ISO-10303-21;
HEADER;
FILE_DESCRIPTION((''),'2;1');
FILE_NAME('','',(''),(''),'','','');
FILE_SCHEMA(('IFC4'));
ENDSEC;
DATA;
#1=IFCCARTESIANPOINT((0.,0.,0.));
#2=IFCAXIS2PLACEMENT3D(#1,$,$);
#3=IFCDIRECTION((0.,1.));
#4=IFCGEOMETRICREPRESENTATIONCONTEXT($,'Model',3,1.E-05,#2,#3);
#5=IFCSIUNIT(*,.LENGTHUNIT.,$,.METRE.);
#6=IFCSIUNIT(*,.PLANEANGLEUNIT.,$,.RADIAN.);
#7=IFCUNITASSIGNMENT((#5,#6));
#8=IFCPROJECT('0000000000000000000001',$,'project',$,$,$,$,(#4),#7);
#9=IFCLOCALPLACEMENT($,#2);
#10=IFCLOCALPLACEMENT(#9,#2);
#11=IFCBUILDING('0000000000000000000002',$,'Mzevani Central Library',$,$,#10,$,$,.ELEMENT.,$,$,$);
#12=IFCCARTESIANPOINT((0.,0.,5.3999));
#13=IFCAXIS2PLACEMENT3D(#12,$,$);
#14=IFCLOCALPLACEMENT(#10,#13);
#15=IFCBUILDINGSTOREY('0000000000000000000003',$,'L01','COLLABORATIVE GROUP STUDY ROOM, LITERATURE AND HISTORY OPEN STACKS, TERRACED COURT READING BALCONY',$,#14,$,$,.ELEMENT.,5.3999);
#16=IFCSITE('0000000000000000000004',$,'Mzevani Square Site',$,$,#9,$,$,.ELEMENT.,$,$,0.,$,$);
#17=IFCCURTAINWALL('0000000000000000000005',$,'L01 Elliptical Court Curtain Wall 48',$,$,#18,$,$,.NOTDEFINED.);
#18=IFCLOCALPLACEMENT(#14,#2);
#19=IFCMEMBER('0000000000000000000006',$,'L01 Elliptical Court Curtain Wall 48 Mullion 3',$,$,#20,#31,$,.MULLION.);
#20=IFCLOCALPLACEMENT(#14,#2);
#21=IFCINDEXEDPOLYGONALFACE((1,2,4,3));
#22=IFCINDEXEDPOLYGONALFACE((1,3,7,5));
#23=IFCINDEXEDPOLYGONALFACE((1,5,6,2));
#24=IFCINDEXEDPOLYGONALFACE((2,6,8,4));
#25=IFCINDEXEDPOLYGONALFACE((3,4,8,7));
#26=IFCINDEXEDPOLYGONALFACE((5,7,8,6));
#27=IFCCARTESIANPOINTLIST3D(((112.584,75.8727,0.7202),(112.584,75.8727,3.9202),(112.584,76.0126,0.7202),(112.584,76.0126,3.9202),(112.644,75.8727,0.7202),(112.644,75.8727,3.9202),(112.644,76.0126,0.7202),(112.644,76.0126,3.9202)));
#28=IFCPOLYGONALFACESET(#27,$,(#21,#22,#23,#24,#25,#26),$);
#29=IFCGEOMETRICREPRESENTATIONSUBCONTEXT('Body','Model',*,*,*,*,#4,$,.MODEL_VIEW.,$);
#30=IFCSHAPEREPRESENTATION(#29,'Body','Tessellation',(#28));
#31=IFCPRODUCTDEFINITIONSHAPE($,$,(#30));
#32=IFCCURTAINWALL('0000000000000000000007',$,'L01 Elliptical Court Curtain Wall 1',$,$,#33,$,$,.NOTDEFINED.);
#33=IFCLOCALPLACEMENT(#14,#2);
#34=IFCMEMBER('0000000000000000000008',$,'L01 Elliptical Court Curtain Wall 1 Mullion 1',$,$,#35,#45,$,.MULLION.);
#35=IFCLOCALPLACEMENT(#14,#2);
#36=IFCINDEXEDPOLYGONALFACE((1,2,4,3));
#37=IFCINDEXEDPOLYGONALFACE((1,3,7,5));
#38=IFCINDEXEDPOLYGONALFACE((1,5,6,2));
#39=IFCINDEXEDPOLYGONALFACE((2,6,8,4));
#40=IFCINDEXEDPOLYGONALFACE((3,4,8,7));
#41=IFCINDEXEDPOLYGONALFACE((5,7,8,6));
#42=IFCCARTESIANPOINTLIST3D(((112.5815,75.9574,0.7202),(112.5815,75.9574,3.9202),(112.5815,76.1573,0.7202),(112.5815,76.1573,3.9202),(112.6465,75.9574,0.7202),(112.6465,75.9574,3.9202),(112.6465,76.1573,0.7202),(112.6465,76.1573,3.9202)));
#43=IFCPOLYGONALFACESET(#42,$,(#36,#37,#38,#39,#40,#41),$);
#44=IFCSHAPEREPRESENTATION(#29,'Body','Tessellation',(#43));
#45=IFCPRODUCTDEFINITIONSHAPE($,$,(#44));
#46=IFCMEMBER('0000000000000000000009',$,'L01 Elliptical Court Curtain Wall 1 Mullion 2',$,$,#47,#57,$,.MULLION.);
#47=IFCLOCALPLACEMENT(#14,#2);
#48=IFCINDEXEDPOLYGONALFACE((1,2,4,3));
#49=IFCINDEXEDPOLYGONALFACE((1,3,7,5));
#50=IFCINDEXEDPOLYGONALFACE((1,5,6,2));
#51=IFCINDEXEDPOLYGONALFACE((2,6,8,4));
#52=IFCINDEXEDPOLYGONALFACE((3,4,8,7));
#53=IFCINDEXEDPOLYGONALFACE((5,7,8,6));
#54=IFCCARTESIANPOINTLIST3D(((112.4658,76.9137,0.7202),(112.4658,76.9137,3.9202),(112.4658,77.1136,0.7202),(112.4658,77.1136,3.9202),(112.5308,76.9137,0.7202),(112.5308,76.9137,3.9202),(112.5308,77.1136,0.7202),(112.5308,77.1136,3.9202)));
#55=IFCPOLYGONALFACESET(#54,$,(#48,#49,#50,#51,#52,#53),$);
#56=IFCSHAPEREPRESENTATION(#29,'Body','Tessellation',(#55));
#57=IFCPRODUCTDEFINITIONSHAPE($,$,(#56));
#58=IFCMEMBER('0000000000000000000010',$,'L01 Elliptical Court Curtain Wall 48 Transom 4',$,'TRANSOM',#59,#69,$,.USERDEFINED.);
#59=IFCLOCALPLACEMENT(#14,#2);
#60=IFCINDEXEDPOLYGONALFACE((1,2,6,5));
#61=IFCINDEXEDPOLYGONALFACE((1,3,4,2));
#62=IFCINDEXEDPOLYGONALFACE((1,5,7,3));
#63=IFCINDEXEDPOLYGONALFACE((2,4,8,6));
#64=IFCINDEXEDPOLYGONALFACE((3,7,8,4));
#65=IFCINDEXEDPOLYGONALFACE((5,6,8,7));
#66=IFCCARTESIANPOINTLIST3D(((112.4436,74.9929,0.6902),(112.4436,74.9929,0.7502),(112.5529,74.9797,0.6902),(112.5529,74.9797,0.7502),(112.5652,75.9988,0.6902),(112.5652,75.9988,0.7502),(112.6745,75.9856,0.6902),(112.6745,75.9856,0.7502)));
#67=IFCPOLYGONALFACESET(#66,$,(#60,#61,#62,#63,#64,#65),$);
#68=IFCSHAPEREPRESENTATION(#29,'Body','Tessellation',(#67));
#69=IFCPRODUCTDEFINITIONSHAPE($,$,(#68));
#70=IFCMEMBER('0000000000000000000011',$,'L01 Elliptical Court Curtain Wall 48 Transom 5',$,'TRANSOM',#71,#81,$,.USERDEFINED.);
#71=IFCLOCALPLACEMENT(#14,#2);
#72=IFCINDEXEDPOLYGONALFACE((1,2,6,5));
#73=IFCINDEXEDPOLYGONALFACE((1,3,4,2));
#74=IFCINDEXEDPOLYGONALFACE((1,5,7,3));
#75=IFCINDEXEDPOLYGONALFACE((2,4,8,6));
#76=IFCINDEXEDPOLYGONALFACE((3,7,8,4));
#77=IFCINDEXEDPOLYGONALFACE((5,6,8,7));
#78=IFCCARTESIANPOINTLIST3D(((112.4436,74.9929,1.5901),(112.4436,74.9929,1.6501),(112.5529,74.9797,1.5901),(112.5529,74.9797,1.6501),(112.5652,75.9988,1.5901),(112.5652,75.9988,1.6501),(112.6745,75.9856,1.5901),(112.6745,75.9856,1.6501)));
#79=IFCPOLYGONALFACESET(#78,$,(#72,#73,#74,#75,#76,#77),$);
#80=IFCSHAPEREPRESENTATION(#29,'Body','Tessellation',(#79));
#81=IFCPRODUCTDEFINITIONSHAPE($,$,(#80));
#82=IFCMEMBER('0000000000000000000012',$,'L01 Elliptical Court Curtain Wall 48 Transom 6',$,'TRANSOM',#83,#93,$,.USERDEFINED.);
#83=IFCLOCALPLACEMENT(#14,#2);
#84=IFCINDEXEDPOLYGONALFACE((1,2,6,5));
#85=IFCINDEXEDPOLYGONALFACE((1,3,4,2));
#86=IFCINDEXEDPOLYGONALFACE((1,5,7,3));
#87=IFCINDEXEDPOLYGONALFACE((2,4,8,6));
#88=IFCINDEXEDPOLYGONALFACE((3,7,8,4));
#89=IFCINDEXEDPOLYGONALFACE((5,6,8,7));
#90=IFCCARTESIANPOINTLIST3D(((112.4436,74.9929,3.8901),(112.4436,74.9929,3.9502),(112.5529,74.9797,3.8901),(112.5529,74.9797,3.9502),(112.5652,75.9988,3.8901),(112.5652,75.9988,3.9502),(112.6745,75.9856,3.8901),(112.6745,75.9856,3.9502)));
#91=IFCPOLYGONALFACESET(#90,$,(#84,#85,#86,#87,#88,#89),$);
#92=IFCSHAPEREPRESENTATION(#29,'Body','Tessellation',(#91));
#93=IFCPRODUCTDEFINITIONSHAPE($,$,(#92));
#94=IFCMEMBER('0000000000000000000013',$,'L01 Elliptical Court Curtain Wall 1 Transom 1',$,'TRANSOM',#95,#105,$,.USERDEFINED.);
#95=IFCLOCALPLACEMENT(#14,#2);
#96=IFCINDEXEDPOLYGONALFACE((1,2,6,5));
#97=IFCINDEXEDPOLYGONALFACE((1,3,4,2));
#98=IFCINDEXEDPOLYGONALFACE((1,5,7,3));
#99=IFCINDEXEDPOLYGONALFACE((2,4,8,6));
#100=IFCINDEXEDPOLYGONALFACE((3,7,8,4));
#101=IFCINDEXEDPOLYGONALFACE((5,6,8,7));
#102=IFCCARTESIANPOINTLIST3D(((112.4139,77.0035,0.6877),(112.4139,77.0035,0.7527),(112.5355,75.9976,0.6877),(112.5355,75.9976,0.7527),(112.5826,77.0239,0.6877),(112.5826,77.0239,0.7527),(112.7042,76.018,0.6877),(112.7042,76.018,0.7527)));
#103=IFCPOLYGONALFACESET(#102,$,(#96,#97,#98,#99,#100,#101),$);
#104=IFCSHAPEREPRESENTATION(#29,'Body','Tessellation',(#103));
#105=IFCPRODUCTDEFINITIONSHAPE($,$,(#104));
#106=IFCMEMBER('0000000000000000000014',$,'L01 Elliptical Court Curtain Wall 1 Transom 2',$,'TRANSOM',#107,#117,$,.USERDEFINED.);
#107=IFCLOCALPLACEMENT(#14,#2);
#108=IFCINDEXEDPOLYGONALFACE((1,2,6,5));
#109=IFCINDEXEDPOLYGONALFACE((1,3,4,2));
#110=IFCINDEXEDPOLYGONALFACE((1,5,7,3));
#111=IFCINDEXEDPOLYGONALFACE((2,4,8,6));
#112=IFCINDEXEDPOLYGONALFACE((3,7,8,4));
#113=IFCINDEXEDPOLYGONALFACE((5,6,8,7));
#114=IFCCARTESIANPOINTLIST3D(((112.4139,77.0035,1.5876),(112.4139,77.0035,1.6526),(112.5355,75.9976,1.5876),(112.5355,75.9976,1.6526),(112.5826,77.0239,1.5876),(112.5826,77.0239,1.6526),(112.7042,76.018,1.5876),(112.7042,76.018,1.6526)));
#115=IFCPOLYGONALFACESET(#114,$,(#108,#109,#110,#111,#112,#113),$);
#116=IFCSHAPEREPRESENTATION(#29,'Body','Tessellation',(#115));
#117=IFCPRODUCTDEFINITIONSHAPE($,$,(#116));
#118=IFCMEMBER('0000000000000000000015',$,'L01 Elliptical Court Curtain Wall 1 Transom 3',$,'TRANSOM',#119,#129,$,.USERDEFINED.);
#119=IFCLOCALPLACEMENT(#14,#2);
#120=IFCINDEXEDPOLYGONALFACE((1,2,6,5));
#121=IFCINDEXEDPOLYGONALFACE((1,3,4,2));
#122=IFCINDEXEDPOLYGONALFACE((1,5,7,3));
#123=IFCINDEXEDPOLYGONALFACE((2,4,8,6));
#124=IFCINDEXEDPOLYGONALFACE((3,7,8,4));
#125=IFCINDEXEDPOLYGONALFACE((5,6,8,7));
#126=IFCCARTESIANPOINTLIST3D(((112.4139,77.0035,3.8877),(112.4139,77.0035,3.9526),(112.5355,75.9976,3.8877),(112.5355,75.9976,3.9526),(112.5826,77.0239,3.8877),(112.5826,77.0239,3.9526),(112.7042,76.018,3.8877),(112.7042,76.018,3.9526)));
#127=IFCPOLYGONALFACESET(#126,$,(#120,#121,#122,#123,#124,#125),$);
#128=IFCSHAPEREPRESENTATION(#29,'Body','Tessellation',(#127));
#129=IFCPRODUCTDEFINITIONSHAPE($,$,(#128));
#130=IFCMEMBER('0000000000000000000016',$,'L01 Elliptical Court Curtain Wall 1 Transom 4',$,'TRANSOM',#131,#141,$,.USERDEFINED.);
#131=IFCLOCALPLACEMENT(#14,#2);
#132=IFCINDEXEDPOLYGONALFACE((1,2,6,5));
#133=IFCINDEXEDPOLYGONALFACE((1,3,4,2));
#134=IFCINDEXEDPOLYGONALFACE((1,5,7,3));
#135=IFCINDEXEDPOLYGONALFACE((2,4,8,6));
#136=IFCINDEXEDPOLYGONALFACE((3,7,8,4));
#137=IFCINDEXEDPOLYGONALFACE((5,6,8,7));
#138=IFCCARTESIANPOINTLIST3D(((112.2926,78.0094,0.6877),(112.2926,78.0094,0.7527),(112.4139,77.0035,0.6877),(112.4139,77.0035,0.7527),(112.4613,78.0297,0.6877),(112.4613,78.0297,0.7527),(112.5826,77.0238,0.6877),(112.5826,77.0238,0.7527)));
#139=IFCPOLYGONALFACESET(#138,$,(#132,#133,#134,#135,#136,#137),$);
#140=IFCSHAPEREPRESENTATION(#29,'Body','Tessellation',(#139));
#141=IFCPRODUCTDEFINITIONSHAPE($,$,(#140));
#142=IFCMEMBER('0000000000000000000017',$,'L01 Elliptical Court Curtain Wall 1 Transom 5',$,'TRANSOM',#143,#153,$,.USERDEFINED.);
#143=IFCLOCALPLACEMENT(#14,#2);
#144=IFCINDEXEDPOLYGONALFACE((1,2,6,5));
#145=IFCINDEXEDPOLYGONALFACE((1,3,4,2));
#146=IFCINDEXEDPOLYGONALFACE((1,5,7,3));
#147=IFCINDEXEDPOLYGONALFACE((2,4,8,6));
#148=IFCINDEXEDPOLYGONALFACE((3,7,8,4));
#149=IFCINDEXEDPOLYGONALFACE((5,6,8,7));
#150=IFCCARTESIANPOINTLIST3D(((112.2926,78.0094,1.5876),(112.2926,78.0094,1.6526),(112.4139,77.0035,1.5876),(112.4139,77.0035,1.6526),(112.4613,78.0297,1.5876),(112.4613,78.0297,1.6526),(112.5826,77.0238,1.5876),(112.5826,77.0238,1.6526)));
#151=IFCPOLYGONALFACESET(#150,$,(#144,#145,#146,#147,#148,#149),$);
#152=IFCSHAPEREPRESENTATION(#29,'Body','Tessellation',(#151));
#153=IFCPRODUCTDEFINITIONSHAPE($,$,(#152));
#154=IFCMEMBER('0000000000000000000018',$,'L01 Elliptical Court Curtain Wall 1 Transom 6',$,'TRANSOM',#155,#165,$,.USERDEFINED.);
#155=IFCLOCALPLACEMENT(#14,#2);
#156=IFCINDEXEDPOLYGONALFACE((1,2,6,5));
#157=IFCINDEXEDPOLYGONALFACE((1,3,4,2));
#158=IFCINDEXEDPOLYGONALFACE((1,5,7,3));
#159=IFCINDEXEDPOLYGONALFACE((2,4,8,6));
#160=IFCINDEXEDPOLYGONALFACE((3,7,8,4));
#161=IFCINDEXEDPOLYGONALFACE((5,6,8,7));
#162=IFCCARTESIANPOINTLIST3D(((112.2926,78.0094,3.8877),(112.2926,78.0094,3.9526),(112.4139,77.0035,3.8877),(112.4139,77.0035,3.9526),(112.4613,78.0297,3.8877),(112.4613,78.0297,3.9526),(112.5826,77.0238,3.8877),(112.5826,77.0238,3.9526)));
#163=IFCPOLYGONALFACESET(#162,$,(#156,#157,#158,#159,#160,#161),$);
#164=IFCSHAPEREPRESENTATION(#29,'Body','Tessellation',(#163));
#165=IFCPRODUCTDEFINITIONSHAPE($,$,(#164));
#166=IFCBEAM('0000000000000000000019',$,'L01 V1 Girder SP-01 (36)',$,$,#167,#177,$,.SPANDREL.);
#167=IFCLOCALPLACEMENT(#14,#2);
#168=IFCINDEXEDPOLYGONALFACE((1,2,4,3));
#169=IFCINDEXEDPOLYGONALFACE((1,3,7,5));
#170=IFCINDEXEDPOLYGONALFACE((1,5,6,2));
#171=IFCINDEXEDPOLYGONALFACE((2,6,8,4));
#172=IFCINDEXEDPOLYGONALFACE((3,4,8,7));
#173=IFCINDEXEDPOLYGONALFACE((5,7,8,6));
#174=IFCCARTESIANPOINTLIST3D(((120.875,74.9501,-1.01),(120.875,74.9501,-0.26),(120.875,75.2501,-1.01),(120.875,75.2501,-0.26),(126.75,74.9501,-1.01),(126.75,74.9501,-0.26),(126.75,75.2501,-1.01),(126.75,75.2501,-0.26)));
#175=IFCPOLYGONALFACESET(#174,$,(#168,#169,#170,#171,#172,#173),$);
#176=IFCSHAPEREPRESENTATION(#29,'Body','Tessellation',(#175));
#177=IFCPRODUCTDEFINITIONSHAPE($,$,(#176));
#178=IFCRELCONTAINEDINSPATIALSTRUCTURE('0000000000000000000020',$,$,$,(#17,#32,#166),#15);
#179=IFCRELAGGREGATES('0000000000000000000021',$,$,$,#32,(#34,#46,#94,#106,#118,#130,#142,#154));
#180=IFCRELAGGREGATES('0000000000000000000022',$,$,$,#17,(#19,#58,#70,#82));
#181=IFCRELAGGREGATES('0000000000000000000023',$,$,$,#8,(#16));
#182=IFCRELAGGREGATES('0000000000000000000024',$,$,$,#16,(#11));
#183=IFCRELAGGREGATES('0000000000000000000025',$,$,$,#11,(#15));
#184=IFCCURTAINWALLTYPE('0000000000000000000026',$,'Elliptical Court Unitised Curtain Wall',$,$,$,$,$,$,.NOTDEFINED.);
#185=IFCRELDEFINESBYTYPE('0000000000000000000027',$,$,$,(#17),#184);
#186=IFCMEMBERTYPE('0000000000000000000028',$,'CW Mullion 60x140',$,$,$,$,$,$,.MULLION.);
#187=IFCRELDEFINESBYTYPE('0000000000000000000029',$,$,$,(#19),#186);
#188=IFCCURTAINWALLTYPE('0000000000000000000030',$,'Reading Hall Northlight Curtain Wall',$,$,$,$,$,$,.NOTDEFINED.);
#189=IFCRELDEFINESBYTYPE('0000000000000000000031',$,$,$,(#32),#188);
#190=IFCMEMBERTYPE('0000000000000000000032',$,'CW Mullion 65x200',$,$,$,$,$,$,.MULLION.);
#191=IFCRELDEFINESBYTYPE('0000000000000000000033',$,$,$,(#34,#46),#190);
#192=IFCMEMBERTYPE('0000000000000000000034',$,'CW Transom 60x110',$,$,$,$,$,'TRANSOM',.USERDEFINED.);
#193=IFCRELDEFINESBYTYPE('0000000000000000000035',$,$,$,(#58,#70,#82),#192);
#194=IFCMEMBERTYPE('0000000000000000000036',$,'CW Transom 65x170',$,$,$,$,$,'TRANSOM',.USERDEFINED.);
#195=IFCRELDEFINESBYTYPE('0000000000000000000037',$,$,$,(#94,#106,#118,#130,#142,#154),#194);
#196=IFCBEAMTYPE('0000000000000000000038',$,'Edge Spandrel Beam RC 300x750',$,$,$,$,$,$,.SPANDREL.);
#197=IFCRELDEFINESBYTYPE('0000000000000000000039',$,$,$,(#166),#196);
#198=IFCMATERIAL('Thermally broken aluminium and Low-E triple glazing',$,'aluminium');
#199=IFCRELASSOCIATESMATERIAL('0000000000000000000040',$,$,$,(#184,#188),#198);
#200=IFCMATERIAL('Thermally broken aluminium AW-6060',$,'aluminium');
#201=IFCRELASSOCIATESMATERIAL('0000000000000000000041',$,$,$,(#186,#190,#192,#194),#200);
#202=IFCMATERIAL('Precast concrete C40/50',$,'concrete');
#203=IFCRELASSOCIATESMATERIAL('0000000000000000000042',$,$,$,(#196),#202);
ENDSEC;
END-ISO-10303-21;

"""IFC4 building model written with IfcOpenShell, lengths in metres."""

from ifc_helpers import new_model, si_unit, direction, frame, origin, origin_2d, place, context, subcontext, project, spatial, rectangle, extrude, material, material_profile, profile_set, type_object, element, aggregate, save


model = new_model("IFC4")

# Units and contexts
model_context = context("Model", 3, precision=1e-05, world=origin(), true_north=direction((0.0, 1.0)))
body_context = subcontext(model_context, "Body", "Model", "MODEL_VIEW")
ifc_project = project(units=[si_unit("LENGTHUNIT", "METRE"), si_unit("PLANEANGLEUNIT", "RADIAN")], contexts=[model_context])

# Site, building, storey
site_placement = place(None, origin())
site = spatial("IfcSite", under=ifc_project, at=site_placement, Name="Mzevani Square Site", CompositionType="ELEMENT", RefElevation=0.0)
building_placement = place(site_placement, origin())
building = spatial("IfcBuilding", under=site, at=building_placement, Name="Mzevani Central Library", CompositionType="ELEMENT")
storey_placement = place(building_placement, frame((0.0, 0.0, 5.3999)))
storey = spatial("IfcBuildingStorey", under=building, at=storey_placement, Name="L01", Description="COLLABORATIVE GROUP STUDY ROOM, LITERATURE AND HISTORY OPEN STACKS, TERRACED COURT READING BALCONY", CompositionType="ELEMENT", Elevation=5.3999)

# Curtain walls, members
ifc_material_1 = material(Name="Thermally broken aluminium and Low-E triple glazing", Category="aluminium")
curtain_wall_type_1 = type_object("IfcCurtainWallType", Name="Elliptical Court Unitised Curtain Wall", PredefinedType="NOTDEFINED", material=ifc_material_1)
curtain_wall_1_placement = place(storey_placement, origin())
curtain_wall_1 = element("IfcCurtainWall", 1, at=curtain_wall_1_placement, inside=storey, type_object=curtain_wall_type_1, Name="L01 Elliptical Court Curtain Wall 48", PredefinedType="NOTDEFINED")
ifc_material_2 = material(Name="Thermally broken aluminium AW-6060", Category="aluminium")
ifc_material_profile_1 = material_profile(ifc_material_2, rectangle(XDim=0.0601, YDim=0.1399, at=origin_2d()), Name="ALU M60x140")
ifc_profile_set_1 = profile_set([ifc_material_profile_1], Name="Thermally broken aluminium AW-6060")
member_type_1 = type_object("IfcMemberType", Name="CW Mullion 60x140", PredefinedType="MULLION", material=ifc_profile_set_1)
member_1_placement = place(storey_placement, frame((112.614, 75.9426, 0.7202), z_axis=(0.0, 0.0, 1.0), x_axis=(1.0, 0.0, 0.0)))
member_1 = element("IfcMember", 2, at=member_1_placement, type_object=member_type_1, Name="L01 Elliptical Court Curtain Wall 48 Mullion 3", PredefinedType="MULLION", context=body_context, shape_type="SweptSolid", body=[
    extrude(rectangle(XDim=0.0601, YDim=0.1399, at=origin_2d()), origin(), (0.0, 0.0, 1.0), 3.2),
])
curtain_wall_type_2 = type_object("IfcCurtainWallType", Name="Reading Hall Northlight Curtain Wall", PredefinedType="NOTDEFINED", material=ifc_material_1)
curtain_wall_2_placement = place(storey_placement, origin())
curtain_wall_2 = element("IfcCurtainWall", 3, at=curtain_wall_2_placement, inside=storey, type_object=curtain_wall_type_2, Name="L01 Elliptical Court Curtain Wall 1", PredefinedType="NOTDEFINED")
ifc_material_profile_2 = material_profile(ifc_material_2, rectangle(XDim=0.0649, YDim=0.2, at=origin_2d()), Name="ALU M65x200")
ifc_profile_set_2 = profile_set([ifc_material_profile_2], Name="Thermally broken aluminium AW-6060")
member_type_2 = type_object("IfcMemberType", Name="CW Mullion 65x200", PredefinedType="MULLION", material=ifc_profile_set_2)
member_2_placement = place(storey_placement, frame((112.614, 76.0574, 0.7202), z_axis=(0.0, 0.0, 1.0), x_axis=(1.0, 0.0, 0.0)))
member_2 = element("IfcMember", 4, at=member_2_placement, type_object=member_type_2, Name="L01 Elliptical Court Curtain Wall 1 Mullion 1", PredefinedType="MULLION", context=body_context, shape_type="SweptSolid", body=[
    extrude(rectangle(XDim=0.0649, YDim=0.2, at=origin_2d()), origin(), (0.0, 0.0, 1.0), 3.2),
])
member_3_placement = place(storey_placement, frame((112.4983, 77.0137, 0.7202), z_axis=(0.0, 0.0, 1.0), x_axis=(1.0, 0.0, 0.0)))
member_3 = element("IfcMember", 5, at=member_3_placement, type_object=member_type_2, Name="L01 Elliptical Court Curtain Wall 1 Mullion 2", PredefinedType="MULLION", context=body_context, shape_type="SweptSolid", body=[
    extrude(rectangle(XDim=0.0649, YDim=0.2, at=origin_2d()), origin(), (0.0, 0.0, 1.0), 3.2),
])

# Members
ifc_material_profile_3 = material_profile(ifc_material_2, rectangle(XDim=0.1101, YDim=0.0601, at=origin_2d()), Name="ALU T60x110")
ifc_profile_set_3 = profile_set([ifc_material_profile_3], Name="Thermally broken aluminium AW-6060")
member_type_3 = type_object("IfcMemberType", Name="CW Transom 60x110", ElementType="TRANSOM", PredefinedType="USERDEFINED", material=ifc_profile_set_3)
member_4_placement = place(storey_placement, frame((112.4983, 74.9863, 0.7202), z_axis=(0.12, 0.992774, 0.0), x_axis=(-0.992774, 0.12, 0.0)))
member_4 = element("IfcMember", 6, at=member_4_placement, type_object=member_type_3, Name="L01 Elliptical Court Curtain Wall 48 Transom 4", ObjectType="TRANSOM", PredefinedType="USERDEFINED", context=body_context, shape_type="SweptSolid", body=[
    extrude(rectangle(XDim=0.1101, YDim=0.0601, at=origin_2d()), origin(), (0.0, 0.0, 1.0), 1.0132),
])
member_5_placement = place(storey_placement, frame((112.4983, 74.9863, 1.6201), z_axis=(0.12, 0.992774, 0.0), x_axis=(-0.992774, 0.12, 0.0)))
member_5 = element("IfcMember", 7, at=member_5_placement, type_object=member_type_3, Name="L01 Elliptical Court Curtain Wall 48 Transom 5", ObjectType="TRANSOM", PredefinedType="USERDEFINED", context=body_context, shape_type="SweptSolid", body=[
    extrude(rectangle(XDim=0.1101, YDim=0.0601, at=origin_2d()), origin(), (0.0, 0.0, 1.0), 1.0132),
])
member_6_placement = place(storey_placement, frame((112.4983, 74.9863, 3.9202), z_axis=(0.12, 0.992774, 0.0), x_axis=(-0.992774, 0.12, 0.0)))
member_6 = element("IfcMember", 8, at=member_6_placement, type_object=member_type_3, Name="L01 Elliptical Court Curtain Wall 48 Transom 6", ObjectType="TRANSOM", PredefinedType="USERDEFINED", context=body_context, shape_type="SweptSolid", body=[
    extrude(rectangle(XDim=0.1101, YDim=0.0601, at=origin_2d()), origin(), (0.0, 0.0, 1.0), 1.0132),
])
ifc_material_profile_4 = material_profile(ifc_material_2, rectangle(XDim=0.1699, YDim=0.0649, at=origin_2d()), Name="ALU T65x170")
ifc_profile_set_4 = profile_set([ifc_material_profile_4], Name="Thermally broken aluminium AW-6060")
member_type_4 = type_object("IfcMemberType", Name="CW Transom 65x170", ElementType="TRANSOM", PredefinedType="USERDEFINED", material=ifc_profile_set_4)
member_7_placement = place(storey_placement, frame((112.6199, 76.0078, 0.7202), z_axis=(-0.12, 0.992774, 0.0), x_axis=(-0.992774, -0.12, 0.0)))
member_7 = element("IfcMember", 9, at=member_7_placement, type_object=member_type_4, Name="L01 Elliptical Court Curtain Wall 1 Transom 1", ObjectType="TRANSOM", PredefinedType="USERDEFINED", context=body_context, shape_type="SweptSolid", body=[
    extrude(rectangle(XDim=0.1699, YDim=0.0649, at=origin_2d()), origin(), (0.0, 0.0, 1.0), 1.0132),
])
member_8_placement = place(storey_placement, frame((112.6199, 76.0078, 1.6201), z_axis=(-0.12, 0.992774, 0.0), x_axis=(-0.992774, -0.12, 0.0)))
member_8 = element("IfcMember", 10, at=member_8_placement, type_object=member_type_4, Name="L01 Elliptical Court Curtain Wall 1 Transom 2", ObjectType="TRANSOM", PredefinedType="USERDEFINED", context=body_context, shape_type="SweptSolid", body=[
    extrude(rectangle(XDim=0.1699, YDim=0.0649, at=origin_2d()), origin(), (0.0, 0.0, 1.0), 1.0132),
])
member_9_placement = place(storey_placement, frame((112.6199, 76.0078, 3.9202), z_axis=(-0.12, 0.992774, 0.0), x_axis=(-0.992774, -0.12, 0.0)))
member_9 = element("IfcMember", 11, at=member_9_placement, type_object=member_type_4, Name="L01 Elliptical Court Curtain Wall 1 Transom 3", ObjectType="TRANSOM", PredefinedType="USERDEFINED", context=body_context, shape_type="SweptSolid", body=[
    extrude(rectangle(XDim=0.1699, YDim=0.0649, at=origin_2d()), origin(), (0.0, 0.0, 1.0), 1.0132),
])
member_10_placement = place(storey_placement, frame((112.4983, 77.0137, 0.7202), z_axis=(-0.119763, 0.992803, 0.0), x_axis=(-0.992803, -0.119763, 0.0)))
member_10 = element("IfcMember", 12, at=member_10_placement, type_object=member_type_4, Name="L01 Elliptical Court Curtain Wall 1 Transom 4", ObjectType="TRANSOM", PredefinedType="USERDEFINED", context=body_context, shape_type="SweptSolid", body=[
    extrude(rectangle(XDim=0.1699, YDim=0.0649, at=origin_2d()), origin(), (0.0, 0.0, 1.0), 1.0132),
])
member_11_placement = place(storey_placement, frame((112.4983, 77.0137, 1.6201), z_axis=(-0.119763, 0.992803, 0.0), x_axis=(-0.992803, -0.119763, 0.0)))
member_11 = element("IfcMember", 13, at=member_11_placement, type_object=member_type_4, Name="L01 Elliptical Court Curtain Wall 1 Transom 5", ObjectType="TRANSOM", PredefinedType="USERDEFINED", context=body_context, shape_type="SweptSolid", body=[
    extrude(rectangle(XDim=0.1699, YDim=0.0649, at=origin_2d()), origin(), (0.0, 0.0, 1.0), 1.0132),
])
member_12_placement = place(storey_placement, frame((112.4983, 77.0137, 3.9202), z_axis=(-0.119763, 0.992803, 0.0), x_axis=(-0.992803, -0.119763, 0.0)))
member_12 = element("IfcMember", 14, at=member_12_placement, type_object=member_type_4, Name="L01 Elliptical Court Curtain Wall 1 Transom 6", ObjectType="TRANSOM", PredefinedType="USERDEFINED", context=body_context, shape_type="SweptSolid", body=[
    extrude(rectangle(XDim=0.1699, YDim=0.0649, at=origin_2d()), origin(), (0.0, 0.0, 1.0), 1.0132),
])

# Beam
ifc_material_3 = material(Name="Precast concrete C40/50", Category="concrete")
ifc_material_profile_5 = material_profile(ifc_material_3, rectangle(XDim=0.3, YDim=0.75, at=origin_2d()), Name="RC SP300x750")
ifc_profile_set_5 = profile_set([ifc_material_profile_5], Name="Precast concrete C40/50")
beam_type_1 = type_object("IfcBeamType", Name="Edge Spandrel Beam RC 300x750", PredefinedType="SPANDREL", material=ifc_profile_set_5)
beam_1_placement = place(storey_placement, frame((120.875, 75.1001, -0.635), z_axis=(1.0, 0.0, 0.0), x_axis=(0.0, 1.0, 0.0)))
element("IfcBeam", 15, at=beam_1_placement, inside=storey, type_object=beam_type_1, Name="L01 V1 Girder SP-01 (36)", PredefinedType="SPANDREL", context=body_context, shape_type="SweptSolid", body=[
    extrude(rectangle(XDim=0.3, YDim=0.75, at=origin_2d()), origin(), (0.0, 0.0, 1.0), 5.875),
])

aggregate(curtain_wall_2, [member_2, member_3, member_7, member_8, member_9, member_10, member_11, member_12])
aggregate(curtain_wall_1, [member_1, member_4, member_5, member_6])

save(model, "model.ifc")
